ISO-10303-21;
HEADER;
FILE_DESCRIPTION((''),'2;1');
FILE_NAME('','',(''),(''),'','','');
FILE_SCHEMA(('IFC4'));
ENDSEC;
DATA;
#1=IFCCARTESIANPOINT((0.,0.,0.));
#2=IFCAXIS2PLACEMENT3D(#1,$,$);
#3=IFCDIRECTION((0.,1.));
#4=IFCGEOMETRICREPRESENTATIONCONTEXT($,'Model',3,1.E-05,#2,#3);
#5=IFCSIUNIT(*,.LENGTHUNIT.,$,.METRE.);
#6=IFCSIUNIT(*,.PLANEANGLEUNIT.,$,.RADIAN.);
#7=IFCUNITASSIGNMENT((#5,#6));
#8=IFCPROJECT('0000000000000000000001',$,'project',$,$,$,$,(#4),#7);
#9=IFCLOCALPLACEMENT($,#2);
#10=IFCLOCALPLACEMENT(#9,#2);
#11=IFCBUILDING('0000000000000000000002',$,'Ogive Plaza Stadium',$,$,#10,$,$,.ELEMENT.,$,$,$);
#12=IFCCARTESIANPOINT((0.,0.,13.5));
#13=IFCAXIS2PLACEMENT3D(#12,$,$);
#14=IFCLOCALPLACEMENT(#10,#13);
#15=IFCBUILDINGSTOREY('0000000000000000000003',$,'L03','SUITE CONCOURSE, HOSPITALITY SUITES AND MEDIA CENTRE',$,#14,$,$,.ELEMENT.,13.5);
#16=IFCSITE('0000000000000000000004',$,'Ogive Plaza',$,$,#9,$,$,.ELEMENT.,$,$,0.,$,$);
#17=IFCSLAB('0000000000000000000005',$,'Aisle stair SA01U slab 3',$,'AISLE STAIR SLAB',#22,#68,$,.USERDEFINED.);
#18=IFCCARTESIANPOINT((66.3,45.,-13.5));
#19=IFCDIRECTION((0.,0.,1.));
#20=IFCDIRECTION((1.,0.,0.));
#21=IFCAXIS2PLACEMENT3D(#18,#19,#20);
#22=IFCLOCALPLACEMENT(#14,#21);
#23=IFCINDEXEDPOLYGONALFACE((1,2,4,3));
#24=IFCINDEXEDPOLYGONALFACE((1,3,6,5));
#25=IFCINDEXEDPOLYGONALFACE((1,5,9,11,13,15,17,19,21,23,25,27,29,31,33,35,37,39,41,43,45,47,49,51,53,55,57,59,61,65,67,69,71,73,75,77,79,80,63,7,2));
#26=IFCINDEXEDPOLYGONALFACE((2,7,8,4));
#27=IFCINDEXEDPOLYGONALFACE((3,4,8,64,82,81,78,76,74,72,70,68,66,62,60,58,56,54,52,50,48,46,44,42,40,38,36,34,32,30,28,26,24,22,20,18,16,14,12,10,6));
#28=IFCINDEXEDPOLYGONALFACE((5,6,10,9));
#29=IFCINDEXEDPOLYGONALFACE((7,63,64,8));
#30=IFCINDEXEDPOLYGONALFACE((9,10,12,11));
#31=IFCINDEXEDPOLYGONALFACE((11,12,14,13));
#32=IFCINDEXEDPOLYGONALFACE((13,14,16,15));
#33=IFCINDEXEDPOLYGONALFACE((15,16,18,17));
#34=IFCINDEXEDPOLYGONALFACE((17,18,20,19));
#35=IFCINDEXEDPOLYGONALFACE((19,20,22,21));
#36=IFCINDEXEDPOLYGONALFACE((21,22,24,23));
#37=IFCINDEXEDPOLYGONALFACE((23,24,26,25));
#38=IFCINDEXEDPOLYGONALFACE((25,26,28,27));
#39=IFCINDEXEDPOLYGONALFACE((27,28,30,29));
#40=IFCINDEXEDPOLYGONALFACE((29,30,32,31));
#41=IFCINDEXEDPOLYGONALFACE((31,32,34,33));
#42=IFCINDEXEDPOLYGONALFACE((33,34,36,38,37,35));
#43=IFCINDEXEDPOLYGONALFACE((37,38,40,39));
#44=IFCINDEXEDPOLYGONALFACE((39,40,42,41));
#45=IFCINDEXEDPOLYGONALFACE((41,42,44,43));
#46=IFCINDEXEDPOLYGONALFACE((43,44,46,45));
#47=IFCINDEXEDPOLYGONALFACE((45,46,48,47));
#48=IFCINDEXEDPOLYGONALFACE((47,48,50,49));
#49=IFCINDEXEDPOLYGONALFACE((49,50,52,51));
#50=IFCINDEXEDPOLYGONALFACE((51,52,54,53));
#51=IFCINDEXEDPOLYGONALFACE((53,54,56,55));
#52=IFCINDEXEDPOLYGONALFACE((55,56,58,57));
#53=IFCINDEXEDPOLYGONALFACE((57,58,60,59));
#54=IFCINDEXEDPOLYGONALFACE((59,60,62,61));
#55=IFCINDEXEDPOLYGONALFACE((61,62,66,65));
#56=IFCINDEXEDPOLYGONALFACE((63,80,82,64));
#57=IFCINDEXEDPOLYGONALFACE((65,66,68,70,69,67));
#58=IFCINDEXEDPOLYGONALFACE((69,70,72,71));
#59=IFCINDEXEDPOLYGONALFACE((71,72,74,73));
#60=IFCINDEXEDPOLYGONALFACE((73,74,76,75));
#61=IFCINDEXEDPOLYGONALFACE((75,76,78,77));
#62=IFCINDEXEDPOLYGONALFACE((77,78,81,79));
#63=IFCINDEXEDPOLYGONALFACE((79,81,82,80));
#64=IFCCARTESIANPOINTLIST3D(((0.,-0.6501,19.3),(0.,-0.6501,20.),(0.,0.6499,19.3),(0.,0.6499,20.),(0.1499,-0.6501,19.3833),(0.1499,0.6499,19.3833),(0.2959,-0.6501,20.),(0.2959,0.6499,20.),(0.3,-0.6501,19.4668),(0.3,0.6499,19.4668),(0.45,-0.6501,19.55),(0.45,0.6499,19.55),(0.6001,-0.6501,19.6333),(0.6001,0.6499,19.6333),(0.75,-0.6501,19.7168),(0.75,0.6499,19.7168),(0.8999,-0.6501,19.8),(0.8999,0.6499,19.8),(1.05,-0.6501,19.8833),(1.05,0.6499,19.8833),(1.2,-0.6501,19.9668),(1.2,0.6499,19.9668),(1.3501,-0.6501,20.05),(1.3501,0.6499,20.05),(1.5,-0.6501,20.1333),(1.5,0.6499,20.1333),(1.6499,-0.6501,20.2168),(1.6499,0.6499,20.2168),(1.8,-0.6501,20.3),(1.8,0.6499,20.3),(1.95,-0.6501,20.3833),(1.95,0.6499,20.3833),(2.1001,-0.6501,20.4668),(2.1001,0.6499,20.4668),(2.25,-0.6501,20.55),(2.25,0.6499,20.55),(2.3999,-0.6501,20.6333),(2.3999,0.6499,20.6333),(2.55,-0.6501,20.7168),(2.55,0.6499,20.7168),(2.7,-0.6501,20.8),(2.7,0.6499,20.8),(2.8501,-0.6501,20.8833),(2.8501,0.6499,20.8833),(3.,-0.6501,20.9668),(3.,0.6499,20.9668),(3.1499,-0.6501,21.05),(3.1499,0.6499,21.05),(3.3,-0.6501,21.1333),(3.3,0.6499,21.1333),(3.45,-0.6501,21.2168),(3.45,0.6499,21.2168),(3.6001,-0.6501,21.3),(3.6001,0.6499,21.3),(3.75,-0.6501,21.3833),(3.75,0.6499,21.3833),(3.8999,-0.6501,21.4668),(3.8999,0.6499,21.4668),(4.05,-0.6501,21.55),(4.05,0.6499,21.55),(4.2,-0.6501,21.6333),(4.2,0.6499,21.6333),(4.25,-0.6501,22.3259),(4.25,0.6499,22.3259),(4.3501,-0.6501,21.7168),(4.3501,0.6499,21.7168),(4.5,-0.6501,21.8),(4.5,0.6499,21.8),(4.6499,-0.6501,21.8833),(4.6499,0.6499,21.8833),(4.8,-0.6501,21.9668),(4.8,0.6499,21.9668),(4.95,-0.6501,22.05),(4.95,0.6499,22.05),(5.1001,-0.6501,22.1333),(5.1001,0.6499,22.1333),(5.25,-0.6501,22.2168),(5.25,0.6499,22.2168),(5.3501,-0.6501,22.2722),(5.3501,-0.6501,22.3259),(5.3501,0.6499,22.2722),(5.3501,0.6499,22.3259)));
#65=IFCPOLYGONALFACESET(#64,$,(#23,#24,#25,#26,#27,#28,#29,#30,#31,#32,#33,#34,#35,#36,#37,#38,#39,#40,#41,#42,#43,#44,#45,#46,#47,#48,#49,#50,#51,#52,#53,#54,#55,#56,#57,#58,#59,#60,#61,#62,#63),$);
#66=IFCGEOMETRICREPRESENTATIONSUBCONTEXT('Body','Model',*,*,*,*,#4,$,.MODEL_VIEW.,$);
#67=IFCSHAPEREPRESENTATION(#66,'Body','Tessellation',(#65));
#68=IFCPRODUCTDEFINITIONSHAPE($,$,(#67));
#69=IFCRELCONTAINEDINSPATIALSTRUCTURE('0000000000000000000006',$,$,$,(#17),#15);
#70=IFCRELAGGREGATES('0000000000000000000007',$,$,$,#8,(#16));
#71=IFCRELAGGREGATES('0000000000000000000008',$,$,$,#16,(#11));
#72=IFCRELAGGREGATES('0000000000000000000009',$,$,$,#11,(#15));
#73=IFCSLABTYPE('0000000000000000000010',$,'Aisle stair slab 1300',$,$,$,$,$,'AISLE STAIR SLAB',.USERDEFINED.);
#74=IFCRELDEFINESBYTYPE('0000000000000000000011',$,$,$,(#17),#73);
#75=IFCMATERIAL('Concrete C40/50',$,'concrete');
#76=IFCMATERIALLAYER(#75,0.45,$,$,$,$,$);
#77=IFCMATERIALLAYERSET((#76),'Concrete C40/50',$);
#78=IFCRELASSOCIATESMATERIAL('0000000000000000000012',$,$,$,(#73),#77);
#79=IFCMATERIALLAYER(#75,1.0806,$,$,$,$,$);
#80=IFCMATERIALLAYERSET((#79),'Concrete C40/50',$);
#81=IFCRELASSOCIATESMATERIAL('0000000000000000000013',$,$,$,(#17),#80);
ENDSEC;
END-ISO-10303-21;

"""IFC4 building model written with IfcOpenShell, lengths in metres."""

from ifc_helpers import new_model, si_unit, direction, frame, origin, place, context, subcontext, project, spatial, polyline, outline, extrude, material, layer, layer_set, type_object, element, save


model = new_model("IFC4")

# Units and contexts
model_context = context("Model", 3, precision=1e-05, world=origin(), true_north=direction((0.0, 1.0)))
body_context = subcontext(model_context, "Body", "Model", "MODEL_VIEW")
ifc_project = project(units=[si_unit("LENGTHUNIT", "METRE"), si_unit("PLANEANGLEUNIT", "RADIAN")], contexts=[model_context])

# Site, building, storey
site_placement = place(None, origin())
site = spatial("IfcSite", under=ifc_project, at=site_placement, Name="Ogive Plaza", CompositionType="ELEMENT", RefElevation=0.0)
building_placement = place(site_placement, origin())
building = spatial("IfcBuilding", under=site, at=building_placement, Name="Ogive Plaza Stadium", CompositionType="ELEMENT")
storey_placement = place(building_placement, frame((0.0, 0.0, 13.5)))
storey = spatial("IfcBuildingStorey", under=building, at=storey_placement, Name="L03", Description="SUITE CONCOURSE, HOSPITALITY SUITES AND MEDIA CENTRE", CompositionType="ELEMENT", Elevation=13.5)

# Slab
ifc_material_1 = material(Name="Concrete C40/50", Category="concrete")
ifc_layer_1 = layer(ifc_material_1, 1.0806)
ifc_layer_set_1 = layer_set([ifc_layer_1], Name="Concrete C40/50")
ifc_layer_2 = layer(ifc_material_1, 0.45)
ifc_layer_set_2 = layer_set([ifc_layer_2], Name="Concrete C40/50")
slab_type = type_object("IfcSlabType", Name="Aisle stair slab 1300", ElementType="AISLE STAIR SLAB", PredefinedType="USERDEFINED", material=ifc_layer_set_2)
slab_placement = place(storey_placement, frame((66.3, 45.0, -13.5), z_axis=(0.0, 0.0, 1.0), x_axis=(1.0, 0.0, 0.0)))
element("IfcSlab", 1, at=slab_placement, inside=storey, type_object=slab_type, material=ifc_layer_set_1, Name="Aisle stair SA01U slab 3", ObjectType="AISLE STAIR SLAB", PredefinedType="USERDEFINED", context=body_context, shape_type="SweptSolid", body=[
    extrude(outline(polyline([(0.0, 20.0), (0.2959, 20.0), (4.25, 22.3259), (5.3501, 22.3259), (5.3501, 22.2722), (5.25, 22.2168), (5.1001, 22.1333), (4.95, 22.05), (4.8, 21.9668), (4.6499, 21.8833), (4.5, 21.8), (4.3501, 21.7168), (4.2, 21.6333), (4.05, 21.55), (3.8999, 21.4668), (3.75, 21.3833), (3.6001, 21.3), (3.45, 21.2168), (3.3, 21.1333), (3.1499, 21.05), (3.0, 20.9668), (2.8501, 20.8833), (2.7, 20.8), (2.55, 20.7168), (2.3999, 20.6333), (2.25, 20.55), (2.1001, 20.4668), (1.95, 20.3833), (1.8, 20.3), (1.6499, 20.2168), (1.5, 20.1333), (1.3501, 20.05), (1.2, 19.9668), (1.05, 19.8833), (0.8999, 19.8), (0.75, 19.7168), (0.6001, 19.6333), (0.45, 19.55), (0.3, 19.4668), (0.1499, 19.3833), (0.0, 19.3), (0.0, 20.0)])), frame((0.0, 0.6499, 0.0), z_axis=(0.0, -1.0, 0.0), x_axis=(1.0, 0.0, 0.0)), (0.0, 0.0, 1.0), 1.3),
])

save(model, "model.ifc")
